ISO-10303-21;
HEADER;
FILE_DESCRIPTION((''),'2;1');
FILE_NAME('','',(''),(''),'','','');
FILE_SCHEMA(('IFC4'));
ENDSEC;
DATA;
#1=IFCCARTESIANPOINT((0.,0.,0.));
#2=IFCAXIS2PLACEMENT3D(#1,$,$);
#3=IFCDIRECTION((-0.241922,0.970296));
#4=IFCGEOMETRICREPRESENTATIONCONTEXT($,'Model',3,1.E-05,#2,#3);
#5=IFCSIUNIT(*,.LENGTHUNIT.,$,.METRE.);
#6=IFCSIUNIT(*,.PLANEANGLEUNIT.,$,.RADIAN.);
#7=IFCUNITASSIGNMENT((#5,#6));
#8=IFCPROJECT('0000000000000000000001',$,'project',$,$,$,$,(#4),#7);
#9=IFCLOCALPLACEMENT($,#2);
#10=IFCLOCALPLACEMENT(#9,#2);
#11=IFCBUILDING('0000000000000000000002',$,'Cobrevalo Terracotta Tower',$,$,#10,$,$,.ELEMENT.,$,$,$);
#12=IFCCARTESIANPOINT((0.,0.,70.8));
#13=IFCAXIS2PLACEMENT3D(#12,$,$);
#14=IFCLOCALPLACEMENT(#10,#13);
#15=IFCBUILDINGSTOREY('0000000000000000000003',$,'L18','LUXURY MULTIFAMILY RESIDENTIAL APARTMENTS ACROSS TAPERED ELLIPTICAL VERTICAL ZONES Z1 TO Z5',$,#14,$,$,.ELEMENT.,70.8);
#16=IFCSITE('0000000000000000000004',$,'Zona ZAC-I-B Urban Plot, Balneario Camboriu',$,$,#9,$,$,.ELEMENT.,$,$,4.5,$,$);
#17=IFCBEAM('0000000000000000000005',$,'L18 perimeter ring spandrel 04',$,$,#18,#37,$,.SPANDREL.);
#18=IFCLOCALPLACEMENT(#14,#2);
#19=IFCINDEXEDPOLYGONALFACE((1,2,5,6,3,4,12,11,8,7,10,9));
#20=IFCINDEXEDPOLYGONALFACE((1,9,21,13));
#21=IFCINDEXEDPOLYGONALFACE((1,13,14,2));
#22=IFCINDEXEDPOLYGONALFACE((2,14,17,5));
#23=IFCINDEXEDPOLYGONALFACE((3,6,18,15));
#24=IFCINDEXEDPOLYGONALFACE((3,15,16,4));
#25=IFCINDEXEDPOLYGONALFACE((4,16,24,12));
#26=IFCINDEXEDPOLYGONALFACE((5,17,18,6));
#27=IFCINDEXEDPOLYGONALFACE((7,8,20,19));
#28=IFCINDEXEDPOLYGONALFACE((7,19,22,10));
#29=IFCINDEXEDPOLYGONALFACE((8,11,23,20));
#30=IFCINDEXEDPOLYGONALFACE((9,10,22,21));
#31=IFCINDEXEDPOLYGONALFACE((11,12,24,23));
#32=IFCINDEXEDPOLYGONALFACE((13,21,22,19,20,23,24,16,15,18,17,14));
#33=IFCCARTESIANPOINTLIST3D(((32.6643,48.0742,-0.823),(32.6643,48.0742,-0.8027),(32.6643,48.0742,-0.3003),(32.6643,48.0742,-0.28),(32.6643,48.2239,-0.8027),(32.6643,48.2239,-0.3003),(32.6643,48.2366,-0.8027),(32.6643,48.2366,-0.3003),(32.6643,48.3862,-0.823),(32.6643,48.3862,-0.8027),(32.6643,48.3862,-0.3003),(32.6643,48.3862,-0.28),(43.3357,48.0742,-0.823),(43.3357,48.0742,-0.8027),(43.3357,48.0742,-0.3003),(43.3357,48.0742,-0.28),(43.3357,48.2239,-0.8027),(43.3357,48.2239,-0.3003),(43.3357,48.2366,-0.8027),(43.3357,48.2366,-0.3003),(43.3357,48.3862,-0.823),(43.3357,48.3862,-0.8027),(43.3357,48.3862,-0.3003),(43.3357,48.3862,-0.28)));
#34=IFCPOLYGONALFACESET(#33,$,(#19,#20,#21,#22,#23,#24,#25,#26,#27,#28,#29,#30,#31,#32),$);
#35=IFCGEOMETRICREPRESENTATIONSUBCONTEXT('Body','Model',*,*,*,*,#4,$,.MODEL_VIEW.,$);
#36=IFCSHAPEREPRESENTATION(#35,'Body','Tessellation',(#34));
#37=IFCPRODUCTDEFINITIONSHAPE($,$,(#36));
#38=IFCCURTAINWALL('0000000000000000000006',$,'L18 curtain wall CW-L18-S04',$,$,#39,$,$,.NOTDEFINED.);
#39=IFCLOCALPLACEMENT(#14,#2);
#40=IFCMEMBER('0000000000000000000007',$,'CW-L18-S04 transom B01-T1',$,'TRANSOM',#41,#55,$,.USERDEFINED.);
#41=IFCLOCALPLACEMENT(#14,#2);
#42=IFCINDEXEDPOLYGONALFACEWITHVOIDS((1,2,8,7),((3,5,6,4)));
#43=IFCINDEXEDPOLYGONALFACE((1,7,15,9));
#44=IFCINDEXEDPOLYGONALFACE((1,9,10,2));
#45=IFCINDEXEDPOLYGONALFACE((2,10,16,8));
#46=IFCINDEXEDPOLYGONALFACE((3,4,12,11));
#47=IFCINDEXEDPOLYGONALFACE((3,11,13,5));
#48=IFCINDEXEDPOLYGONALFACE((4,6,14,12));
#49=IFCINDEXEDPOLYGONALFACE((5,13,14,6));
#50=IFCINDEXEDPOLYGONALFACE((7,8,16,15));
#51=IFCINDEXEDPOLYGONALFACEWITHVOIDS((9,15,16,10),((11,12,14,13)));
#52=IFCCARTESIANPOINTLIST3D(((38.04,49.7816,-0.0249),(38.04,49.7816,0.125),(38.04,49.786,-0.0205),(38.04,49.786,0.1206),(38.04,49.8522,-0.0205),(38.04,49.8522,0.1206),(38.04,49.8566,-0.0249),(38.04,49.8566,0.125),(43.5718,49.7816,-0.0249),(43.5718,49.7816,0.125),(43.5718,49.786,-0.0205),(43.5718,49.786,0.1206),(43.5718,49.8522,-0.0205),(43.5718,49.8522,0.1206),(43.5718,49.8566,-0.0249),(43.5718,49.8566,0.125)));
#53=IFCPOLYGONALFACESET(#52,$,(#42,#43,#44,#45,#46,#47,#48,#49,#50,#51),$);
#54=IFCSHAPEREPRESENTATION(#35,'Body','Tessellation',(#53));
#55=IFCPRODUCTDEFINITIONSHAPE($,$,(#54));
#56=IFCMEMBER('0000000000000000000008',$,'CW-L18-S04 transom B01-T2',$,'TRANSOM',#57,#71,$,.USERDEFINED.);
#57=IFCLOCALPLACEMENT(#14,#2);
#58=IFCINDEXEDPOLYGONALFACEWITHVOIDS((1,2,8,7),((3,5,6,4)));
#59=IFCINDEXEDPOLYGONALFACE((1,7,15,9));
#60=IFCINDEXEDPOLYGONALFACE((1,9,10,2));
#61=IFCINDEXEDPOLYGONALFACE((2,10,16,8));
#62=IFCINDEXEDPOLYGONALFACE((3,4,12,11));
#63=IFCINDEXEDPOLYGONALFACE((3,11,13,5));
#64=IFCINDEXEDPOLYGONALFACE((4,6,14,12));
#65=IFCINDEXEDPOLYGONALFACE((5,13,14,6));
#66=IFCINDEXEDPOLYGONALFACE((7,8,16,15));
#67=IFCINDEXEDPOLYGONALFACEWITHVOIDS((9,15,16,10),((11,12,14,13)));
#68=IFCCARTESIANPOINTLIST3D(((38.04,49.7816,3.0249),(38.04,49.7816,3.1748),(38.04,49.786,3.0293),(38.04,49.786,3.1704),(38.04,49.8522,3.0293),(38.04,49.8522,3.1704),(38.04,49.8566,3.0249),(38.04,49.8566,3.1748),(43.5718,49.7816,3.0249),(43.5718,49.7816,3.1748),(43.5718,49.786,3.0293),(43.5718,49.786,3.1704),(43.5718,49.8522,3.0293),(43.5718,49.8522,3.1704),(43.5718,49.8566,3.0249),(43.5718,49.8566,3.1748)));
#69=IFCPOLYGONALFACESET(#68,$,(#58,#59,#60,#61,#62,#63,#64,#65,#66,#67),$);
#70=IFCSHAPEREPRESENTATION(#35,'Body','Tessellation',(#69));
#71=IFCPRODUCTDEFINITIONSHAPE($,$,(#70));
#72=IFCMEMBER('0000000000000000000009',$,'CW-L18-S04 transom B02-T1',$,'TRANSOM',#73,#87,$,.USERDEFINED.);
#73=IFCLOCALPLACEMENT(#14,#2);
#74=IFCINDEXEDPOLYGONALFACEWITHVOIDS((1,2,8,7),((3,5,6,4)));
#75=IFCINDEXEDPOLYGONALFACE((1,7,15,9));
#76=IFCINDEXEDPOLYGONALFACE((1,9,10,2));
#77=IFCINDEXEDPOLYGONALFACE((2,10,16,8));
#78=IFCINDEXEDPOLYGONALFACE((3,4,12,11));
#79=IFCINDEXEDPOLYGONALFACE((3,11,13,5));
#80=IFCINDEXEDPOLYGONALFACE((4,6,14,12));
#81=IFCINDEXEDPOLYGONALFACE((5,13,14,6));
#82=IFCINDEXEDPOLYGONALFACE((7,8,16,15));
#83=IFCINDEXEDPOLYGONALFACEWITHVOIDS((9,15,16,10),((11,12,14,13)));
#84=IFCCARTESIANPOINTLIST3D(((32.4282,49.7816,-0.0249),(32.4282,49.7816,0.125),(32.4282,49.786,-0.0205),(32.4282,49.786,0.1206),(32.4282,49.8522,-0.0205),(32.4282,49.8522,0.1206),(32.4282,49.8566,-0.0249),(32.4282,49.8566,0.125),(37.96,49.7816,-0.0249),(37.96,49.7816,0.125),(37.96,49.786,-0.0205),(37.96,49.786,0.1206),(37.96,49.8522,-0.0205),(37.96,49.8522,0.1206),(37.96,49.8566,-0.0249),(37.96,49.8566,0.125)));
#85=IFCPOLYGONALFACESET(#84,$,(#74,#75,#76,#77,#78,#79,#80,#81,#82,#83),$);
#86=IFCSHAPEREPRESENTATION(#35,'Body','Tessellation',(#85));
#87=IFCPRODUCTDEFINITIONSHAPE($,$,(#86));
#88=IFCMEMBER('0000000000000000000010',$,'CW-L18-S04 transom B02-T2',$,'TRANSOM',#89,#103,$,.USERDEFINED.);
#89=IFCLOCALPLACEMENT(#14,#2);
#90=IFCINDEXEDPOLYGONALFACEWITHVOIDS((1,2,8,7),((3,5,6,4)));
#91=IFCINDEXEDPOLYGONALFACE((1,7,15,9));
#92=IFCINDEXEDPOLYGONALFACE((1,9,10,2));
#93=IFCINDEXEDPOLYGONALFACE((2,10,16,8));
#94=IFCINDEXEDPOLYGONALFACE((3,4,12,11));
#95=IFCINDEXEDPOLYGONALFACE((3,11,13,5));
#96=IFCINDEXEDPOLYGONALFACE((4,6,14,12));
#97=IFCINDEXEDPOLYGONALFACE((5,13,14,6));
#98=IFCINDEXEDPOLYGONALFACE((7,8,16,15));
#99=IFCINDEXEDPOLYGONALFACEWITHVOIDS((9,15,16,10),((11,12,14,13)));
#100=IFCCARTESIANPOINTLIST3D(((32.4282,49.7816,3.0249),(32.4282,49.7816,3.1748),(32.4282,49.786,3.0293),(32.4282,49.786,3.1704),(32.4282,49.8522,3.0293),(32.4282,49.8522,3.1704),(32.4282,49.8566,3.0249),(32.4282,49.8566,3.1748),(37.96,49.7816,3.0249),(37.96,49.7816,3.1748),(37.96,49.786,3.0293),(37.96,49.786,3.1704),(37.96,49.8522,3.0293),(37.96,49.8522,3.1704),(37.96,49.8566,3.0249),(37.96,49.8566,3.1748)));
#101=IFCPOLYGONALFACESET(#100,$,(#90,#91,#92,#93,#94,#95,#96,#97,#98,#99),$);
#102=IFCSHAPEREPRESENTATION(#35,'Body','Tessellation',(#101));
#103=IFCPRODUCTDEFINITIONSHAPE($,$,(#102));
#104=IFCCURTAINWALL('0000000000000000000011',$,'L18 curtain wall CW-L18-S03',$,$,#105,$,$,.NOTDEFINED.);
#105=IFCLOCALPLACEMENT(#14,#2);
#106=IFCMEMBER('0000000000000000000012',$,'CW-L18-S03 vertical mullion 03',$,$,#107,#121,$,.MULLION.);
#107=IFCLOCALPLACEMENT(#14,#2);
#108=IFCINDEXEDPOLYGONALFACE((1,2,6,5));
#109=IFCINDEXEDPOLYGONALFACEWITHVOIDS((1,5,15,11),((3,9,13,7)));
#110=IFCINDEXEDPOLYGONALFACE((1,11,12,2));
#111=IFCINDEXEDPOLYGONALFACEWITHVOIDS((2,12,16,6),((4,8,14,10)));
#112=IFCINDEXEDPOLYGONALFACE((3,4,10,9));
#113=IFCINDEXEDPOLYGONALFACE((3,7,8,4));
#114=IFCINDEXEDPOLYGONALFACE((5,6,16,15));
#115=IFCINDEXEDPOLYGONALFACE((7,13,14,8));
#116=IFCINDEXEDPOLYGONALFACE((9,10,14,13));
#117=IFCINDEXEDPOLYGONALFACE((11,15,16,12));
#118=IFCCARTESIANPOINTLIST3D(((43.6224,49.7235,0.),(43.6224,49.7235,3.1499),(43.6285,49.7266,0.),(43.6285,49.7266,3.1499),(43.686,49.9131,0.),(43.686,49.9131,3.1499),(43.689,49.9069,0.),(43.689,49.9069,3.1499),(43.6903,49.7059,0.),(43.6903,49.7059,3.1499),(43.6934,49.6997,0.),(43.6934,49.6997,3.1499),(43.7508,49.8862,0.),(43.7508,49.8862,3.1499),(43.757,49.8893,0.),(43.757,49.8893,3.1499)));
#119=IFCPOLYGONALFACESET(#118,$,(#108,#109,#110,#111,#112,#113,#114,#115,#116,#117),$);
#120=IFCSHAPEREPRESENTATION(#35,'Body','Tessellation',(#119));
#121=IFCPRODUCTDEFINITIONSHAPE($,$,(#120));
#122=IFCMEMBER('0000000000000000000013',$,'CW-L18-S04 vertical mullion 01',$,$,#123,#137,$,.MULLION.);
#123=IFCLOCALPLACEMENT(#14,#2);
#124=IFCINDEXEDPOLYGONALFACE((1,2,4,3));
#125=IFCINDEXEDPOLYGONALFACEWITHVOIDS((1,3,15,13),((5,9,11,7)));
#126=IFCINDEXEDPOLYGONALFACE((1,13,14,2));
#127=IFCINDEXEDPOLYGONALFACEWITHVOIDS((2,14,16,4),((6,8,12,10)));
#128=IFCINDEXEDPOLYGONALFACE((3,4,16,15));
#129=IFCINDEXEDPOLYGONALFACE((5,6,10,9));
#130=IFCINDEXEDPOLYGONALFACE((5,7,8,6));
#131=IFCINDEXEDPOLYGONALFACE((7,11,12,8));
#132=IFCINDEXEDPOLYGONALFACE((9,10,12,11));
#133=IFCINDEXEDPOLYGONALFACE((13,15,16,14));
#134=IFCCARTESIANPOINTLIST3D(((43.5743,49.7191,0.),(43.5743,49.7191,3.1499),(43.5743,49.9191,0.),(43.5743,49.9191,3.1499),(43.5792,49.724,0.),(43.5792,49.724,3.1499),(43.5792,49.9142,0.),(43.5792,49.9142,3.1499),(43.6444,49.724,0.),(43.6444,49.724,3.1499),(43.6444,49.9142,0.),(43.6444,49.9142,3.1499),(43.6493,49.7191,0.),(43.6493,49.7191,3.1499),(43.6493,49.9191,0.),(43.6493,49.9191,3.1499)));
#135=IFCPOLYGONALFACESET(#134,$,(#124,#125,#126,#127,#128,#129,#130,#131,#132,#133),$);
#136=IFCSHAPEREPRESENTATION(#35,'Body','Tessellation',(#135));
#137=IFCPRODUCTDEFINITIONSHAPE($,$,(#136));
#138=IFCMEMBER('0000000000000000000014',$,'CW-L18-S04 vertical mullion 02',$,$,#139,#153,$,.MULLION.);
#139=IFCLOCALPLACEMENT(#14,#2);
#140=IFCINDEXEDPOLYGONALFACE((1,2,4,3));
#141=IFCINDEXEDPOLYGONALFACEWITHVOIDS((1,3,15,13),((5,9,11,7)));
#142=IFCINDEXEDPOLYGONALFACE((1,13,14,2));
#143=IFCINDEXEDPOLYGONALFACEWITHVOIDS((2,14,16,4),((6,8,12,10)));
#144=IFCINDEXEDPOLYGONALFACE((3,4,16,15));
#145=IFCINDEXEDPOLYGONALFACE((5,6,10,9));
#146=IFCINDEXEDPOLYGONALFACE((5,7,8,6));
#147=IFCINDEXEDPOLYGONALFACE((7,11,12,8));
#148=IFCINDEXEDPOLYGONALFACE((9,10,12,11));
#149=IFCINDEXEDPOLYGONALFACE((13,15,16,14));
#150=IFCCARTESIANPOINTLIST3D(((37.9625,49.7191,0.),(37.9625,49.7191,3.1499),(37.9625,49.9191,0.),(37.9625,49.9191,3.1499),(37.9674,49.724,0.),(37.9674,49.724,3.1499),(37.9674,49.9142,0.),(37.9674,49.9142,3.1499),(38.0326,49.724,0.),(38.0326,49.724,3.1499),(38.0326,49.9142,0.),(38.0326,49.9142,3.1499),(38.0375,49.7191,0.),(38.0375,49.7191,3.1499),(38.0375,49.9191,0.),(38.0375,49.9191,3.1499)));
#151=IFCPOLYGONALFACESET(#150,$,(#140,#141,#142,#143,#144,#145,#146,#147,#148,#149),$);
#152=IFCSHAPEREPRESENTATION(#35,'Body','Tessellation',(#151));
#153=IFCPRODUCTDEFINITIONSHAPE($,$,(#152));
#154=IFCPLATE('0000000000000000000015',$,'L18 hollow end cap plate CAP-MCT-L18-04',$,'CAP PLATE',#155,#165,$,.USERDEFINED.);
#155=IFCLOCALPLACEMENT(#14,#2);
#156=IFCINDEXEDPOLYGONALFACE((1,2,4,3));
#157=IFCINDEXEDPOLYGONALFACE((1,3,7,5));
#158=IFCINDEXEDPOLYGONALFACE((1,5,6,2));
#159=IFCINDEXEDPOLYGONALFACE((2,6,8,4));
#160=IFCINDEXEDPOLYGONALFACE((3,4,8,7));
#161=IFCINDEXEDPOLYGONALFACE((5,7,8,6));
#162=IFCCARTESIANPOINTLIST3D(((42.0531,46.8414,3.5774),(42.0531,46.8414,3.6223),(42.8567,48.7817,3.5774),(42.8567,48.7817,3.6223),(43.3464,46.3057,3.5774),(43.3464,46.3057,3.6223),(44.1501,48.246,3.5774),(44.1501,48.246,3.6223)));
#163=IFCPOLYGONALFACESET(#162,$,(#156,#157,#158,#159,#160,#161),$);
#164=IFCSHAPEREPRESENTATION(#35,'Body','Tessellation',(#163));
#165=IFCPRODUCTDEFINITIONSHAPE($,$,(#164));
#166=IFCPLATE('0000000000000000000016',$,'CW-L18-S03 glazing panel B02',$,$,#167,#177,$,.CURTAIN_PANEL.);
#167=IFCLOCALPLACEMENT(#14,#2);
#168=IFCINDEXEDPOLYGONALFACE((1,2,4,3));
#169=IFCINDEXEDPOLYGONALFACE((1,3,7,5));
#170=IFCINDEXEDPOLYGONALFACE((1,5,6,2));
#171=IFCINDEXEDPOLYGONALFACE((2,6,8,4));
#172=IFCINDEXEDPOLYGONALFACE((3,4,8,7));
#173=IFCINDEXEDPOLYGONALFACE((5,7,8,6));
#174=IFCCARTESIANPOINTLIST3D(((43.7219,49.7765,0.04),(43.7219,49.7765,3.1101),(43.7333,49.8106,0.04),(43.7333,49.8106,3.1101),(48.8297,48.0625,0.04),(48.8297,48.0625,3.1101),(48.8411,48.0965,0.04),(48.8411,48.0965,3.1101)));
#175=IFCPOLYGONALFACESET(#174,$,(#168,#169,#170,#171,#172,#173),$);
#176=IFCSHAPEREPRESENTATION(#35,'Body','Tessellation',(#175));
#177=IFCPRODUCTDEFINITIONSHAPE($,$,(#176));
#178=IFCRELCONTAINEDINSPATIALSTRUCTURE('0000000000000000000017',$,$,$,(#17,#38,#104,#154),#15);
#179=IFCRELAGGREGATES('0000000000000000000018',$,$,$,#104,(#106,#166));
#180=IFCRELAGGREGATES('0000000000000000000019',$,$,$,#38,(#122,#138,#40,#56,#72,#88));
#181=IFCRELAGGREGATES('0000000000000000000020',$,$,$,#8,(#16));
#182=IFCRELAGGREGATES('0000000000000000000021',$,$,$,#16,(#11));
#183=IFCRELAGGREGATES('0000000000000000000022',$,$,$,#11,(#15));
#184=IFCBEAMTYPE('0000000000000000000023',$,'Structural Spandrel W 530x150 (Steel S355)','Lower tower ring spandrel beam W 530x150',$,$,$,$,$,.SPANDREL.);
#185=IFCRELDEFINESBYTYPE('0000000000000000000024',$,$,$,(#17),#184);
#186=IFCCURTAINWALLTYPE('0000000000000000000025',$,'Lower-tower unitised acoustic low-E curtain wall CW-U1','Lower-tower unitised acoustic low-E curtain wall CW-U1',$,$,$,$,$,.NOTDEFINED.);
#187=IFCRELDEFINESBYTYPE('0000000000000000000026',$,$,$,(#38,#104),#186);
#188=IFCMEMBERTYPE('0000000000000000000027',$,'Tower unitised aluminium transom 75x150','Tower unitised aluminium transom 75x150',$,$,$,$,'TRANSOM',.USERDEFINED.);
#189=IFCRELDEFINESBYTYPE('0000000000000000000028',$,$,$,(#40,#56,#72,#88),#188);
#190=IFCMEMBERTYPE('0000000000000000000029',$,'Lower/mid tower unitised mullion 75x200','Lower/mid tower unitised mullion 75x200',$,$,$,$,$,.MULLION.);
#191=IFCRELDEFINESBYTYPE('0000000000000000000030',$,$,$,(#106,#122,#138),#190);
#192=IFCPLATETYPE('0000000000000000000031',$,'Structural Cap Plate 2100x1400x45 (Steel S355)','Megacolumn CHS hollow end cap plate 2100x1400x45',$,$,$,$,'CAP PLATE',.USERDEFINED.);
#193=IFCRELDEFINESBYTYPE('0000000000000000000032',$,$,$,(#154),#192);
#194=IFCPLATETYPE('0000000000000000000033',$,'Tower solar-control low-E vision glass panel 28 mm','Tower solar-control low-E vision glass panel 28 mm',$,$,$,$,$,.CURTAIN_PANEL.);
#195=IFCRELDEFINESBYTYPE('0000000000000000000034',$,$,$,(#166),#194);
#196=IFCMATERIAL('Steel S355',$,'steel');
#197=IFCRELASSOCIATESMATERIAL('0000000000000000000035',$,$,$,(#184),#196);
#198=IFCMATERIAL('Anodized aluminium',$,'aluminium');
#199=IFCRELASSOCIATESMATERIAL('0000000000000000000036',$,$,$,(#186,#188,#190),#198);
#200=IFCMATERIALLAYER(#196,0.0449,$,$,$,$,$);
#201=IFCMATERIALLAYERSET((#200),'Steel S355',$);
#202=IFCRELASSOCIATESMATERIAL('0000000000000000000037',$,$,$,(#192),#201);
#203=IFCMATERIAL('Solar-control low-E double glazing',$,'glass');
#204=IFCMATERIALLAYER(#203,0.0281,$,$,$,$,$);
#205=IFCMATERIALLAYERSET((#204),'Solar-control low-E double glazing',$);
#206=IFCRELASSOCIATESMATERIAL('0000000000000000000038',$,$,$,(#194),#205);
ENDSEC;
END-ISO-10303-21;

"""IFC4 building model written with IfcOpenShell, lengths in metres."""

from ifc_helpers import new_model, si_unit, direction, frame, origin, origin_2d, place, context, subcontext, project, spatial, rectangle, hollow_rectangle, i_section, extrude, source, transform, mapped, material, layer, layer_set, material_profile, profile_set, type_object, element, aggregate, save


model = new_model("IFC4")

# Units and contexts
model_context = context("Model", 3, precision=1e-05, world=origin(), true_north=direction((-0.241922, 0.970296)))
body_context = subcontext(model_context, "Body", "Model", "MODEL_VIEW")
ifc_project = project(units=[si_unit("LENGTHUNIT", "METRE"), si_unit("PLANEANGLEUNIT", "RADIAN")], contexts=[model_context])

# Site, building, storey
site_placement = place(None, origin())
site = spatial("IfcSite", under=ifc_project, at=site_placement, Name="Zona ZAC-I-B Urban Plot, Balneario Camboriu", CompositionType="ELEMENT", RefElevation=4.5)
building_placement = place(site_placement, origin())
building = spatial("IfcBuilding", under=site, at=building_placement, Name="Cobrevalo Terracotta Tower", CompositionType="ELEMENT")
storey_placement = place(building_placement, frame((0.0, 0.0, 70.8)))
storey = spatial("IfcBuildingStorey", under=building, at=storey_placement, Name="L18", Description="LUXURY MULTIFAMILY RESIDENTIAL APARTMENTS ACROSS TAPERED ELLIPTICAL VERTICAL ZONES Z1 TO Z5", CompositionType="ELEMENT", Elevation=70.8)

# Shared definitions
ifc_material_1 = material(Name="Steel S355", Category="steel")

# Beam
ifc_material_profile_1 = material_profile(ifc_material_1, i_section(OverallWidth=0.312, OverallDepth=0.543, WebThickness=0.0127, FlangeThickness=0.0203, at=origin_2d()), Name="W 530x150")
ifc_profile_set_1 = profile_set([ifc_material_profile_1], Name="Steel S355")
beam_type_1 = type_object("IfcBeamType", Name="Structural Spandrel W 530x150 (Steel S355)", Description="Lower tower ring spandrel beam W 530x150", PredefinedType="SPANDREL", material=ifc_profile_set_1)
beam_1_placement = place(storey_placement, frame((43.3357, 48.2302, -0.5515), z_axis=(-1.0, 0.0, 0.0), x_axis=(0.0, -1.0, 0.0)))
element("IfcBeam", 1, at=beam_1_placement, inside=storey, type_object=beam_type_1, Name="L18 perimeter ring spandrel 04", PredefinedType="SPANDREL", context=body_context, shape_type="SweptSolid", body=[
    extrude(i_section(OverallWidth=0.312, OverallDepth=0.543, WebThickness=0.0127, FlangeThickness=0.0203, at=origin_2d()), origin(), (0.0, 0.0, 1.0), 10.6714),
])

# Curtain wall, members
ifc_material_2 = material(Name="Anodized aluminium", Category="aluminium")
curtain_wall_type = type_object("IfcCurtainWallType", Name="Lower-tower unitised acoustic low-E curtain wall CW-U1", Description="Lower-tower unitised acoustic low-E curtain wall CW-U1", PredefinedType="NOTDEFINED", material=ifc_material_2)
curtain_wall_1_placement = place(storey_placement, origin())
curtain_wall_1 = element("IfcCurtainWall", 2, at=curtain_wall_1_placement, inside=storey, type_object=curtain_wall_type, Name="L18 curtain wall CW-L18-S04", PredefinedType="NOTDEFINED")
ifc_material_profile_2 = material_profile(ifc_material_2, hollow_rectangle(XDim=0.075, YDim=0.1499, WallThickness=0.0044, at=origin_2d()), Name="CWT 75x150")
ifc_profile_set_2 = profile_set([ifc_material_profile_2], Name="Anodized aluminium")
member_type_1 = type_object("IfcMemberType", Name="Tower unitised aluminium transom 75x150", Description="Tower unitised aluminium transom 75x150", ElementType="TRANSOM", PredefinedType="USERDEFINED", material=ifc_profile_set_2)
shared_shape_1 = source(origin(), body_context, "Body", "SweptSolid", [
    extrude(hollow_rectangle(XDim=0.075, YDim=0.1499, WallThickness=0.0044, at=origin_2d()), origin(), (0.0, 0.0, 1.0), 5.5317),
])
member_1_placement = place(storey_placement, frame((43.5718, 49.8191, 0.05), z_axis=(-1.0, 0.0, 0.0), x_axis=(0.0, -1.0, 0.0)))
member_1 = element("IfcMember", 3, at=member_1_placement, type_object=member_type_1, Name="CW-L18-S04 transom B01-T1", ObjectType="TRANSOM", PredefinedType="USERDEFINED", context=body_context, shape_type="MappedRepresentation", body=[
    mapped(shared_shape_1, transform((0.0, 0.0, 0.0), scale=1.0)),
])
member_2_placement = place(storey_placement, frame((43.5718, 49.8191, 3.0999), z_axis=(-1.0, 0.0, 0.0), x_axis=(0.0, -1.0, 0.0)))
member_2 = element("IfcMember", 4, at=member_2_placement, type_object=member_type_1, Name="CW-L18-S04 transom B01-T2", ObjectType="TRANSOM", PredefinedType="USERDEFINED", context=body_context, shape_type="MappedRepresentation", body=[
    mapped(shared_shape_1, transform((0.0, 0.0, 0.0), scale=1.0)),
])
member_3_placement = place(storey_placement, frame((37.96, 49.8191, 0.05), z_axis=(-1.0, 0.0, 0.0), x_axis=(0.0, -1.0, 0.0)))
member_3 = element("IfcMember", 5, at=member_3_placement, type_object=member_type_1, Name="CW-L18-S04 transom B02-T1", ObjectType="TRANSOM", PredefinedType="USERDEFINED", context=body_context, shape_type="MappedRepresentation", body=[
    mapped(shared_shape_1, transform((0.0, 0.0, 0.0), scale=1.0)),
])
member_4_placement = place(storey_placement, frame((37.96, 49.8191, 3.0999), z_axis=(-1.0, 0.0, 0.0), x_axis=(0.0, -1.0, 0.0)))
member_4 = element("IfcMember", 6, at=member_4_placement, type_object=member_type_1, Name="CW-L18-S04 transom B02-T2", ObjectType="TRANSOM", PredefinedType="USERDEFINED", context=body_context, shape_type="MappedRepresentation", body=[
    mapped(shared_shape_1, transform((0.0, 0.0, 0.0), scale=1.0)),
])

# Curtain wall, member
curtain_wall_2_placement = place(storey_placement, origin())
curtain_wall_2 = element("IfcCurtainWall", 7, at=curtain_wall_2_placement, inside=storey, type_object=curtain_wall_type, Name="L18 curtain wall CW-L18-S03", PredefinedType="NOTDEFINED")
ifc_material_profile_3 = material_profile(ifc_material_2, hollow_rectangle(XDim=0.075, YDim=0.2, WallThickness=0.0049, at=origin_2d()), Name="CWM 75x200")
ifc_profile_set_3 = profile_set([ifc_material_profile_3], Name="Anodized aluminium")
member_type_2 = type_object("IfcMemberType", Name="Lower/mid tower unitised mullion 75x200", Description="Lower/mid tower unitised mullion 75x200", PredefinedType="MULLION", material=ifc_profile_set_3)
shared_shape_2 = source(origin(), body_context, "Body", "SweptSolid", [
    extrude(hollow_rectangle(XDim=0.075, YDim=0.2, WallThickness=0.0049, at=origin_2d()), origin(), (0.0, 0.0, 1.0), 3.1499),
])
member_5_placement = place(storey_placement, frame((43.6897, 49.8064, 0.0), z_axis=(0.0, 0.0, 1.0), x_axis=(-0.948046, 0.318132, 0.0)))
member_5 = element("IfcMember", 8, at=member_5_placement, type_object=member_type_2, Name="CW-L18-S03 vertical mullion 03", PredefinedType="MULLION", context=body_context, shape_type="MappedRepresentation", body=[
    mapped(shared_shape_2, transform((0.0, 0.0, 0.0), scale=1.0)),
])

# Members
member_6_placement = place(storey_placement, frame((43.6118, 49.8191, 0.0), z_axis=(0.0, 0.0, 1.0), x_axis=(-1.0, 0.0, 0.0)))
member_6 = element("IfcMember", 9, at=member_6_placement, type_object=member_type_2, Name="CW-L18-S04 vertical mullion 01", PredefinedType="MULLION", context=body_context, shape_type="MappedRepresentation", body=[
    mapped(shared_shape_2, transform((0.0, 0.0, 0.0), scale=1.0)),
])
member_7_placement = place(storey_placement, frame((38.0, 49.8191, 0.0), z_axis=(0.0, 0.0, 1.0), x_axis=(-1.0, 0.0, 0.0)))
member_7 = element("IfcMember", 10, at=member_7_placement, type_object=member_type_2, Name="CW-L18-S04 vertical mullion 02", PredefinedType="MULLION", context=body_context, shape_type="MappedRepresentation", body=[
    mapped(shared_shape_2, transform((0.0, 0.0, 0.0), scale=1.0)),
])

# Plates
ifc_layer_1 = layer(ifc_material_1, 0.0449)
ifc_layer_set_1 = layer_set([ifc_layer_1], Name="Steel S355")
plate_type_1 = type_object("IfcPlateType", Name="Structural Cap Plate 2100x1400x45 (Steel S355)", Description="Megacolumn CHS hollow end cap plate 2100x1400x45", ElementType="CAP PLATE", PredefinedType="USERDEFINED", material=ifc_layer_set_1)
shared_shape_3 = source(origin(), body_context, "Body", "SweptSolid", [
    extrude(rectangle(XDim=2.1001, YDim=1.3999, at=origin_2d()), origin(), (0.0, 0.0, 1.0), 0.0449),
])
plate_1_placement = place(storey_placement, frame((43.1016, 47.5437, 3.5774), z_axis=(0.0, 0.0, 1.0), x_axis=(0.382683, 0.92388, 0.0)))
element("IfcPlate", 11, at=plate_1_placement, inside=storey, type_object=plate_type_1, Name="L18 hollow end cap plate CAP-MCT-L18-04", ObjectType="CAP PLATE", PredefinedType="USERDEFINED", context=body_context, shape_type="MappedRepresentation", body=[
    mapped(shared_shape_3, transform((0.0, 0.0, 0.0), scale=1.0)),
])
ifc_material_3 = material(Name="Solar-control low-E double glazing", Category="glass")
ifc_layer_2 = layer(ifc_material_3, 0.0281)
ifc_layer_set_2 = layer_set([ifc_layer_2], Name="Solar-control low-E double glazing")
plate_type_2 = type_object("IfcPlateType", Name="Tower solar-control low-E vision glass panel 28 mm", Description="Tower solar-control low-E vision glass panel 28 mm", PredefinedType="CURTAIN_PANEL", material=ifc_layer_set_2)
shared_shape_4 = source(origin(), body_context, "Body", "SweptSolid", [
    extrude(rectangle(XDim=5.3877, YDim=0.0359, at=origin_2d()), origin(), (0.0, 0.0, 1.0), 3.0701),
])
plate_2_placement = place(storey_placement, frame((46.2815, 48.9365, 0.04), z_axis=(0.0, 0.0, 1.0), x_axis=(-0.948044, 0.318139, 0.0)))
plate_2 = element("IfcPlate", 12, at=plate_2_placement, type_object=plate_type_2, Name="CW-L18-S03 glazing panel B02", PredefinedType="CURTAIN_PANEL", context=body_context, shape_type="MappedRepresentation", body=[
    mapped(shared_shape_4, transform((0.0, 0.0, 0.0), scale=1.0)),
])
aggregate(curtain_wall_2, [member_5, plate_2])
aggregate(curtain_wall_1, [member_6, member_7, member_1, member_2, member_3, member_4])

save(model, "model.ifc")
